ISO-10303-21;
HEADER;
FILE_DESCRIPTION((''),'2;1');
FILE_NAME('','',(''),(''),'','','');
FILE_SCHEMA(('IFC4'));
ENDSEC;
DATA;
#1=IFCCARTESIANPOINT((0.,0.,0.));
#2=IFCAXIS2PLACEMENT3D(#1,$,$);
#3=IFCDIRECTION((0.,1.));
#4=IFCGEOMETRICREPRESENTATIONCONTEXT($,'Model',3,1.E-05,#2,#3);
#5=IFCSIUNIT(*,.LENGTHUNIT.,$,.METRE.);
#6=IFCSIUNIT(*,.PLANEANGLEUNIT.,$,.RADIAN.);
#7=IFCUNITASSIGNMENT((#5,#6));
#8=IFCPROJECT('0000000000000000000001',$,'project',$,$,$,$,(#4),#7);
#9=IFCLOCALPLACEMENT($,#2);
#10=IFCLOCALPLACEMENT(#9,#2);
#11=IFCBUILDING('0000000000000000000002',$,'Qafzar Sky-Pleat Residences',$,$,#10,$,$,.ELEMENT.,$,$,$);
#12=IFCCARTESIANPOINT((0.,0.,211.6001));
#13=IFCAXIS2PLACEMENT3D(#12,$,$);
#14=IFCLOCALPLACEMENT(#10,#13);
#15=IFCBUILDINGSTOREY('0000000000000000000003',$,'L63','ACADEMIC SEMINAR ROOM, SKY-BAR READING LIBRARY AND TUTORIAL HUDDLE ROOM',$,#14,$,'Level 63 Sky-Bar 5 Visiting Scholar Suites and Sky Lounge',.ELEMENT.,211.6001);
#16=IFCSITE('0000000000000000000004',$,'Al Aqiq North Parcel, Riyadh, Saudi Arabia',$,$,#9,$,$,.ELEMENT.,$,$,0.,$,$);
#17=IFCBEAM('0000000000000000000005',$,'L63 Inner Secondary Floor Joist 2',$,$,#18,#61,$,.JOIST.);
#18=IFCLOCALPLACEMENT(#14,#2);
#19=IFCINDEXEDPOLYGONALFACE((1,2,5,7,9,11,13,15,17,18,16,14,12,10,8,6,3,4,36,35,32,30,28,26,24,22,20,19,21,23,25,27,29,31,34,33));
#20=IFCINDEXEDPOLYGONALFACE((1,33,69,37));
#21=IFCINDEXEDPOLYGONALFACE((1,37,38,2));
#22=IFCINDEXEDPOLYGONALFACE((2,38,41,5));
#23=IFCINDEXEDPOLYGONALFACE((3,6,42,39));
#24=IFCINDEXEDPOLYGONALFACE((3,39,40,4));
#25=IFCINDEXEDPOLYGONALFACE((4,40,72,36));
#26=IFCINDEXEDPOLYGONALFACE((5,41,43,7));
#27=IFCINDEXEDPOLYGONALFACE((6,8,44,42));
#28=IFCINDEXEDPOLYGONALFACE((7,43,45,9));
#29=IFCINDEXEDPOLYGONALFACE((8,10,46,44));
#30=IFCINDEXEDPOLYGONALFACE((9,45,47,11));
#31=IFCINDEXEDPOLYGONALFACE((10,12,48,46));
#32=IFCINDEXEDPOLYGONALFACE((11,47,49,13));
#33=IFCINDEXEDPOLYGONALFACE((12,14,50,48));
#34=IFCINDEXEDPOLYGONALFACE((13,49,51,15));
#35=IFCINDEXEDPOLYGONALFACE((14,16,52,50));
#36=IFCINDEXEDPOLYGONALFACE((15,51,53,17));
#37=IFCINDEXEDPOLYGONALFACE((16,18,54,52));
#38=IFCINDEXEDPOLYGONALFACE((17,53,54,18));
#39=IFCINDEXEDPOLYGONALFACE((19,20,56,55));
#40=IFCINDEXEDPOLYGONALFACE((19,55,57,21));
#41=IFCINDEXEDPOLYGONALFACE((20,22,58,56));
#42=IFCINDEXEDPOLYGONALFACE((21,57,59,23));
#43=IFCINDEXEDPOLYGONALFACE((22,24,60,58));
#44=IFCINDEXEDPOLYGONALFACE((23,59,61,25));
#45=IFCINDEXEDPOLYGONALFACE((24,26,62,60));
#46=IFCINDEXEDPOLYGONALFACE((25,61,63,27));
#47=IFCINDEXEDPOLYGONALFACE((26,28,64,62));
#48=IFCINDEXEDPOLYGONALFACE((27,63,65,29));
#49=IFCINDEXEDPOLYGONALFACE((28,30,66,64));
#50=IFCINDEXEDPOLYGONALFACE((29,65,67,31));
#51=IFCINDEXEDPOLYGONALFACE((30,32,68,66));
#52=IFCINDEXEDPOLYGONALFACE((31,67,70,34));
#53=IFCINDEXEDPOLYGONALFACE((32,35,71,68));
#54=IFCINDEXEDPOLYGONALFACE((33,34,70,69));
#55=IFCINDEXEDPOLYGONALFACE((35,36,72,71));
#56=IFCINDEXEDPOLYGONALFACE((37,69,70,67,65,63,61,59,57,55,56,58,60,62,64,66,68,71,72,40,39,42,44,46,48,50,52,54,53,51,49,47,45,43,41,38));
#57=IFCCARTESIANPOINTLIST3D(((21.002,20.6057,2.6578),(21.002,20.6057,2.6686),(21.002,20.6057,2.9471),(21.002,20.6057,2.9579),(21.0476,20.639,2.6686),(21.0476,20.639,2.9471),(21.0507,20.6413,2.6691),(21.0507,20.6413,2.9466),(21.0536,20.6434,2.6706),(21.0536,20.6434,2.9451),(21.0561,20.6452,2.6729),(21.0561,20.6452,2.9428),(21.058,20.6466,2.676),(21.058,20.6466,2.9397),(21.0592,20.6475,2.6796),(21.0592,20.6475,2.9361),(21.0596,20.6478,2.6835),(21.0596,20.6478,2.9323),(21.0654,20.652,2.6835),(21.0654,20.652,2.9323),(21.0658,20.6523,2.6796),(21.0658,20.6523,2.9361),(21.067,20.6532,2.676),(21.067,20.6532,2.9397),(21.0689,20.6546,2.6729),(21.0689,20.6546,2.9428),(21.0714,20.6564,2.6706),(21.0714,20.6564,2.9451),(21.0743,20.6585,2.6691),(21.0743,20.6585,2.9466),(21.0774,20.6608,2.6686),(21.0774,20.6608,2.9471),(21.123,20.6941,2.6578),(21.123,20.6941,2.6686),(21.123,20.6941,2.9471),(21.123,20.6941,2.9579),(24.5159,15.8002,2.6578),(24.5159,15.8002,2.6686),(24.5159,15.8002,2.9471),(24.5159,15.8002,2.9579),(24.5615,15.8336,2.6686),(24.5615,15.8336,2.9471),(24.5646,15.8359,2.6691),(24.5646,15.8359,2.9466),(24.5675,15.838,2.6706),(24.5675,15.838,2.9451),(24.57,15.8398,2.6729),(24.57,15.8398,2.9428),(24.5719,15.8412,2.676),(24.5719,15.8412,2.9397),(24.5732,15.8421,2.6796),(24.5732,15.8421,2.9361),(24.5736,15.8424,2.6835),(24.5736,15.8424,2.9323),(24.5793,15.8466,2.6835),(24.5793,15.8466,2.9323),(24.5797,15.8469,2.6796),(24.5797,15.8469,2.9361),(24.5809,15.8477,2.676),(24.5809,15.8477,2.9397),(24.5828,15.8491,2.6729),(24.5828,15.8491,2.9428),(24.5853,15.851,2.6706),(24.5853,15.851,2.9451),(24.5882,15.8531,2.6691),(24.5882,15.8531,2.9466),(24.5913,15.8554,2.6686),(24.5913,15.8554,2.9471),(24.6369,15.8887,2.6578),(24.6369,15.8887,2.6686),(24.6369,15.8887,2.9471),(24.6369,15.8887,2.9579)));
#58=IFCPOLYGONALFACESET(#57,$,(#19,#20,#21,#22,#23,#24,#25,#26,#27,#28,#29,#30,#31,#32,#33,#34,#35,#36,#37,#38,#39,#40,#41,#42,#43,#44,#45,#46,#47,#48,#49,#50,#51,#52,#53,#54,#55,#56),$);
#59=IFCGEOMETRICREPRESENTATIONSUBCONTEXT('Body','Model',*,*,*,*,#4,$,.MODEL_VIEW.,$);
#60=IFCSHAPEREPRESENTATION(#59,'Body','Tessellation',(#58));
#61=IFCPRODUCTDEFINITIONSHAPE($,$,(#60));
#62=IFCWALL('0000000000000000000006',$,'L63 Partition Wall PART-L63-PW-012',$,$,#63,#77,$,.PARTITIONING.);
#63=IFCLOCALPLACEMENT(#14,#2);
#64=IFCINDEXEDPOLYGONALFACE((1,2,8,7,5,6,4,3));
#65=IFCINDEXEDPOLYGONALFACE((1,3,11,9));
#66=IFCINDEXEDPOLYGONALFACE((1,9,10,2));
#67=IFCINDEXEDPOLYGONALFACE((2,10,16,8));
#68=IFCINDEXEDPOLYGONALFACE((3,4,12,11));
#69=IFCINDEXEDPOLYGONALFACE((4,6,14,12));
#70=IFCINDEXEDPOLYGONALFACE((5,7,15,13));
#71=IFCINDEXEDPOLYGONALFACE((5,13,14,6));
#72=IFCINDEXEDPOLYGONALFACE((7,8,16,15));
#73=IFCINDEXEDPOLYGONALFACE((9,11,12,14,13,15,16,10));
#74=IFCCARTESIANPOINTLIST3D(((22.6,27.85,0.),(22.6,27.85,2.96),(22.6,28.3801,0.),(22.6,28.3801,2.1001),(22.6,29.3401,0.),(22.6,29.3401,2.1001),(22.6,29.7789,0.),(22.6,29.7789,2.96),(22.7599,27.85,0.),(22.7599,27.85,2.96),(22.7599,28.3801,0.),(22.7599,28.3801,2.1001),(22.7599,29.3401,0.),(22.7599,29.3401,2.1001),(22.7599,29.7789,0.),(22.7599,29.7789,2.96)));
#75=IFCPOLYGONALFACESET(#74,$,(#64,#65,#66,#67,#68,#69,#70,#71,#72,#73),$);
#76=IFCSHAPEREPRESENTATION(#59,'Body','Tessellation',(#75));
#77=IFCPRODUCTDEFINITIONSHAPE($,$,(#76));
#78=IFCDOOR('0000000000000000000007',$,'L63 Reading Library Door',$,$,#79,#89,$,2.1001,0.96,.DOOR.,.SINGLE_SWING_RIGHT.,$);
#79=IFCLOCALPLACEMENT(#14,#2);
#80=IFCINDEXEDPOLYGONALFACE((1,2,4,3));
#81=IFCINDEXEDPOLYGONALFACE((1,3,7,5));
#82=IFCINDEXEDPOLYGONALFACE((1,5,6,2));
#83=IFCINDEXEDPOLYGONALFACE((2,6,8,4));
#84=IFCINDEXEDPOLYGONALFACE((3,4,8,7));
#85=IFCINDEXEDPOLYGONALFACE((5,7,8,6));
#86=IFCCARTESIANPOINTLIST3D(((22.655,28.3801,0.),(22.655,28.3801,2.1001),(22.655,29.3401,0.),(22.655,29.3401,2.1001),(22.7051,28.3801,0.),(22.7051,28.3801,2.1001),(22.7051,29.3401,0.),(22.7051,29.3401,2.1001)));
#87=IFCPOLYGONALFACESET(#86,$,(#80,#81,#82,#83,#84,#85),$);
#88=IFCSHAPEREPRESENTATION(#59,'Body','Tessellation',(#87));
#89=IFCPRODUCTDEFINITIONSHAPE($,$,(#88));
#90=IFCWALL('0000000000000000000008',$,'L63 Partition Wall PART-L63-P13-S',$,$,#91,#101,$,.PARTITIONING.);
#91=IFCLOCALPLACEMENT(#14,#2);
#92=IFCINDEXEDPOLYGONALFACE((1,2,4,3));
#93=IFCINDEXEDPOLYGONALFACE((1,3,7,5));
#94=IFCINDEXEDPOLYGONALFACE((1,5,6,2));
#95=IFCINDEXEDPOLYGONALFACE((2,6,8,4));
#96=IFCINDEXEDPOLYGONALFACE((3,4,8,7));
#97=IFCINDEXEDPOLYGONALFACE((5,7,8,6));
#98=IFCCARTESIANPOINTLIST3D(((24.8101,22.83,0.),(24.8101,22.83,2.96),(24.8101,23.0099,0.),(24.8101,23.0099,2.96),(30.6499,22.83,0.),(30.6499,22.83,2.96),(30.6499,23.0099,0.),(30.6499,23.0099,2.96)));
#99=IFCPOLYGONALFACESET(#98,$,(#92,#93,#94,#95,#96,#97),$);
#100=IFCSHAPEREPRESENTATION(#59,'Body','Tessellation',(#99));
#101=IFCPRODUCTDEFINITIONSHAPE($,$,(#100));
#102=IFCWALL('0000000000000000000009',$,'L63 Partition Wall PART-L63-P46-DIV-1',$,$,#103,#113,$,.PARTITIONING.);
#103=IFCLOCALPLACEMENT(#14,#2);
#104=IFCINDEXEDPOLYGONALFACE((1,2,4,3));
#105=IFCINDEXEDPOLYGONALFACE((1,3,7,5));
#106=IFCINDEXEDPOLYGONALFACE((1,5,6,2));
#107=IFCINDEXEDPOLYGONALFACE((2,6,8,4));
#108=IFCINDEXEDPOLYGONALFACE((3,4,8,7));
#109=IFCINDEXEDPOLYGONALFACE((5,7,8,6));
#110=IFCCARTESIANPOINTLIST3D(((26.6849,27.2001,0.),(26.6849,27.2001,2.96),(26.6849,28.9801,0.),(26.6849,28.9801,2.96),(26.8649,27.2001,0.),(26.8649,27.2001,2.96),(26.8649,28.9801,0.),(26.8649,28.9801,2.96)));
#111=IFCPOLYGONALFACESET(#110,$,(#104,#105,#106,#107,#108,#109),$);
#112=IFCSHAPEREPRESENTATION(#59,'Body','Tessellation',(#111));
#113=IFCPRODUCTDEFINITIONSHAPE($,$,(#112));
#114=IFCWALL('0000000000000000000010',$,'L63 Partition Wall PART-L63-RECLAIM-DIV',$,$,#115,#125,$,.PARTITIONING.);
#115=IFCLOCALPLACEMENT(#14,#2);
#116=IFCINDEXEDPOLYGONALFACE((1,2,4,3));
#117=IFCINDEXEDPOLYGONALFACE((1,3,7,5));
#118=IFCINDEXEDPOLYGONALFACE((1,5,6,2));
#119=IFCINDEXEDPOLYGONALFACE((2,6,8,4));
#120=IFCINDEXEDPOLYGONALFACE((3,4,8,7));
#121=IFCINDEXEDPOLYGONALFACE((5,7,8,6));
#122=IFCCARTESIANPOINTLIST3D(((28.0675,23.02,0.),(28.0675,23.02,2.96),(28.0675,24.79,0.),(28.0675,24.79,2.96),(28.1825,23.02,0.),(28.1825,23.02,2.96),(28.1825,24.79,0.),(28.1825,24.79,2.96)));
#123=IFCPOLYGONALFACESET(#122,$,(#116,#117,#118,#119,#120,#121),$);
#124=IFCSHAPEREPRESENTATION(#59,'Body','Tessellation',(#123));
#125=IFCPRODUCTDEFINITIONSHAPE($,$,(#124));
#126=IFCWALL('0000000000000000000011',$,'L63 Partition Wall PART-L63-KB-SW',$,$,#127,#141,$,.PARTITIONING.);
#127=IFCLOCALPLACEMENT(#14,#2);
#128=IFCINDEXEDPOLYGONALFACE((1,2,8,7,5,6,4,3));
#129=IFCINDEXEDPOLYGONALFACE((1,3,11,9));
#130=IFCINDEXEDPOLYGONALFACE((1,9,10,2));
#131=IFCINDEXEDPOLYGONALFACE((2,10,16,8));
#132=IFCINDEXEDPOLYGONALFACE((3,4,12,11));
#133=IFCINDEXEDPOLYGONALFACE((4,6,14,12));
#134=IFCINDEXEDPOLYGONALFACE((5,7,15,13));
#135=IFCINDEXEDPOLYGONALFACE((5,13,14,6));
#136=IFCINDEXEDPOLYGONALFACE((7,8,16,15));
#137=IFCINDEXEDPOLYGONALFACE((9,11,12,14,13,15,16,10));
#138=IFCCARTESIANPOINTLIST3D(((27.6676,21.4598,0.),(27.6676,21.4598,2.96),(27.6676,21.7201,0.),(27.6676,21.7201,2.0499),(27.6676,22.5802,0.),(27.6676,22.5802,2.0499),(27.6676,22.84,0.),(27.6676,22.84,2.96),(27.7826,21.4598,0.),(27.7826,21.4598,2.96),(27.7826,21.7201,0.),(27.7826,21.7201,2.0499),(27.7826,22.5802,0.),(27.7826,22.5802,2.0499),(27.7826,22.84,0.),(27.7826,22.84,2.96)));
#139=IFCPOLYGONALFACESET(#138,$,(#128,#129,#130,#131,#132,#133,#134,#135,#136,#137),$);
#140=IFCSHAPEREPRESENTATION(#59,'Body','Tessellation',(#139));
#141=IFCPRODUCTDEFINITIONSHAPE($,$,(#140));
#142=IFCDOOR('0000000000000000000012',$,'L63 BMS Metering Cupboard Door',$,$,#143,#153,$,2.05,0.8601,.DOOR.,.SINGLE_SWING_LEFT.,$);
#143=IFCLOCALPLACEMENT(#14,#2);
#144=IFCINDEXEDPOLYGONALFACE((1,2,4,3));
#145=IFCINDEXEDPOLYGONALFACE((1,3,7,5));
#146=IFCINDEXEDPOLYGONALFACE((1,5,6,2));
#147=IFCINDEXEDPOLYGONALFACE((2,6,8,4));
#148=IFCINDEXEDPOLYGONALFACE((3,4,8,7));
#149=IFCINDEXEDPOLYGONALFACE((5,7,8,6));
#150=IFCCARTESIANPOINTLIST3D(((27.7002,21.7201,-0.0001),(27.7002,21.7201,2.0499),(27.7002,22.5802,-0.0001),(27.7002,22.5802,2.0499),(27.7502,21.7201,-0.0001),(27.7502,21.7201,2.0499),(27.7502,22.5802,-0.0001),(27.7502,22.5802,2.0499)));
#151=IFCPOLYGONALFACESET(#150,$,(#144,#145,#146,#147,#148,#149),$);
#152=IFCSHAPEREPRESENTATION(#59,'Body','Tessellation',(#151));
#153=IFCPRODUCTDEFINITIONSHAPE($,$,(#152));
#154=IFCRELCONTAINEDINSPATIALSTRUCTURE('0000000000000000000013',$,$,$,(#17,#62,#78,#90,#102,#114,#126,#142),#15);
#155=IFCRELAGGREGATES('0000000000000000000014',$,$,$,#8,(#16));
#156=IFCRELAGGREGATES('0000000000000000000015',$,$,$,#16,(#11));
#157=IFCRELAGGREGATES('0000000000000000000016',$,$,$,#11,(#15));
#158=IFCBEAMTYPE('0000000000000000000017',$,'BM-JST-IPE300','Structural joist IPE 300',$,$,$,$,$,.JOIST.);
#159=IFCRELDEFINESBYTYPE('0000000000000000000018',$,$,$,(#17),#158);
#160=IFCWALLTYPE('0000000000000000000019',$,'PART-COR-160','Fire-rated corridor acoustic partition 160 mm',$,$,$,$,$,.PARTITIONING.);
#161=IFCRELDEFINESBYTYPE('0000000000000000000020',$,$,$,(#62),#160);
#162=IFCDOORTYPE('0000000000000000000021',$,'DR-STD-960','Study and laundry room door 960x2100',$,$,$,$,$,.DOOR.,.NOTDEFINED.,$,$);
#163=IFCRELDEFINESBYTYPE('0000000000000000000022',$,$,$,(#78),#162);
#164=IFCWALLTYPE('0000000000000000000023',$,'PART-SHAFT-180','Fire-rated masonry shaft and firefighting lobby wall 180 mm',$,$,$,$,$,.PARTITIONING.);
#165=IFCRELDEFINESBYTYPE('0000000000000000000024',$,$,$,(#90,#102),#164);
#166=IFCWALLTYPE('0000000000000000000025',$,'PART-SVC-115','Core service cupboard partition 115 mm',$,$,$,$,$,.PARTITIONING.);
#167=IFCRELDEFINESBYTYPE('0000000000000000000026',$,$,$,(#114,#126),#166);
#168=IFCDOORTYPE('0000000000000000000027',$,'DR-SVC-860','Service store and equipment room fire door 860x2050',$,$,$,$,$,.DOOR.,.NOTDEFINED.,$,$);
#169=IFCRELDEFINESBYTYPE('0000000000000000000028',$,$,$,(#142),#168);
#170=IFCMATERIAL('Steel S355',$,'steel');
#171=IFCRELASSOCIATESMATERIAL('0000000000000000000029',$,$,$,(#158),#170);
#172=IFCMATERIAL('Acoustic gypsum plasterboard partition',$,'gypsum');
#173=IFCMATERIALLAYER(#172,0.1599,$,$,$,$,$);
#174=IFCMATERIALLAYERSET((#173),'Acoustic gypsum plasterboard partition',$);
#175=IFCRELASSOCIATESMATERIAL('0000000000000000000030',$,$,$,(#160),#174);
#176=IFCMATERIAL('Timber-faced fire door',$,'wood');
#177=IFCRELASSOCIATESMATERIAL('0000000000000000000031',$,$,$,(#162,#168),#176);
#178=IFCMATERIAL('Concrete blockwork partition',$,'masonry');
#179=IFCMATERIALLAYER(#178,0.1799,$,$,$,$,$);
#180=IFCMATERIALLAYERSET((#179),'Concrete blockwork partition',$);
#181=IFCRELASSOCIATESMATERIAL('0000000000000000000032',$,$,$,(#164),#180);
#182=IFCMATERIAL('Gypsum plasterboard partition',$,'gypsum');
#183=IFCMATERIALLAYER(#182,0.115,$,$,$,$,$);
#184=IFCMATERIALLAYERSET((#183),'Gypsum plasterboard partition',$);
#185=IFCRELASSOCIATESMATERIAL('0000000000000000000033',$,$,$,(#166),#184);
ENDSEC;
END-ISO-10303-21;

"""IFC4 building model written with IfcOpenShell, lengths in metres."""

from ifc_helpers import new_model, si_unit, direction, frame, frame_2d, origin, origin_2d, place, context, subcontext, project, spatial, rectangle, i_section, extrude, source, transform, mapped, material, layer, layer_set, material_profile, profile_set, type_object, element, fill, save


model = new_model("IFC4")

# Units and contexts
model_context = context("Model", 3, precision=1e-05, world=origin(), true_north=direction((0.0, 1.0)))
body_context = subcontext(model_context, "Body", "Model", "MODEL_VIEW")
ifc_project = project(units=[si_unit("LENGTHUNIT", "METRE"), si_unit("PLANEANGLEUNIT", "RADIAN")], contexts=[model_context])

# Site, building, storey
site_placement = place(None, origin())
site = spatial("IfcSite", under=ifc_project, at=site_placement, Name="Al Aqiq North Parcel, Riyadh, Saudi Arabia", CompositionType="ELEMENT", RefElevation=0.0)
building_placement = place(site_placement, origin())
building = spatial("IfcBuilding", under=site, at=building_placement, Name="Qafzar Sky-Pleat Residences", CompositionType="ELEMENT")
storey_placement = place(building_placement, frame((0.0, 0.0, 211.6001)))
storey = spatial("IfcBuildingStorey", under=building, at=storey_placement, Name="L63", Description="ACADEMIC SEMINAR ROOM, SKY-BAR READING LIBRARY AND TUTORIAL HUDDLE ROOM", LongName="Level 63 Sky-Bar 5 Visiting Scholar Suites and Sky Lounge", CompositionType="ELEMENT", Elevation=211.6001)

# Beam
ifc_material_1 = material(Name="Steel S355", Category="steel")
ifc_material_profile = material_profile(ifc_material_1, i_section(OverallWidth=0.1499, OverallDepth=0.3, WebThickness=0.0071, FlangeThickness=0.0107, FilletRadius=0.0149, at=origin_2d()), Name="IPE 300")
ifc_profile_set = profile_set([ifc_material_profile], Name="Steel S355")
beam_type = type_object("IfcBeamType", Name="BM-JST-IPE300", Description="Structural joist IPE 300", PredefinedType="JOIST", material=ifc_profile_set)
shared_shape_1 = source(origin(), body_context, "Body", "SweptSolid", [
    extrude(i_section(OverallWidth=0.1499, OverallDepth=0.3, WebThickness=0.0071, FlangeThickness=0.0107, FilletRadius=0.0149, at=origin_2d()), origin(), (0.0, 0.0, 1.0), 5.9531),
])
beam_placement = place(storey_placement, frame((21.0625, 20.6499, 2.8079), z_axis=(0.590264, -0.80721, 0.0), x_axis=(0.80721, 0.590264, 0.0)))
element("IfcBeam", 1, at=beam_placement, inside=storey, type_object=beam_type, Name="L63 Inner Secondary Floor Joist 2", PredefinedType="JOIST", context=body_context, shape_type="MappedRepresentation", body=[
    mapped(shared_shape_1, transform((0.0, 0.0, 0.0), x_axis=(1.0, 0.0, 0.0), y_axis=(0.0, 1.0, 0.0), z_axis=(0.0, 0.0, 1.0), scale=1.0)),
])

# Wall, opening, door
ifc_material_2 = material(Name="Acoustic gypsum plasterboard partition", Category="gypsum")
ifc_layer_1 = layer(ifc_material_2, 0.1599)
ifc_layer_set_1 = layer_set([ifc_layer_1], Name="Acoustic gypsum plasterboard partition")
wall_type_1 = type_object("IfcWallType", Name="PART-COR-160", Description="Fire-rated corridor acoustic partition 160 mm", PredefinedType="PARTITIONING", material=ifc_layer_set_1)
wall_1_placement = place(storey_placement, frame((22.6799, 27.8501, 0.0), z_axis=(0.0, 0.0, 1.0), x_axis=(0.0, 1.0, 0.0)))
wall_1 = element("IfcWall", 2, at=wall_1_placement, inside=storey, type_object=wall_type_1, Name="L63 Partition Wall PART-L63-PW-012", PredefinedType="PARTITIONING", context=body_context, shape_type="SweptSolid", body=[
    extrude(rectangle(XDim=1.929, YDim=0.1599, at=frame_2d((0.9644, 0.0))), origin(), (0.0, 0.0, 1.0), 2.96),
])
opening_1_placement = place(wall_1_placement, frame((0.53, 0.0, 0.0)))
opening_1 = element("IfcOpeningElement", 3, at=opening_1_placement, cuts=wall_1, PredefinedType="OPENING", context=body_context, shape_type="SweptSolid", body=[
    extrude(rectangle(XDim=0.96, YDim=2.1001, at=frame_2d((0.48, 1.05))), frame((0.0, 0.0898, 0.0), z_axis=(0.0, -1.0, 0.0), x_axis=(1.0, 0.0, 0.0)), (0.0, 0.0, 1.0), 0.1799),
])
ifc_material_3 = material(Name="Timber-faced fire door", Category="wood")
door_type_1 = type_object("IfcDoorType", Name="DR-STD-960", Description="Study and laundry room door 960x2100", OperationType="NOTDEFINED", PredefinedType="DOOR", material=ifc_material_3)
shared_shape_2 = source(origin(), body_context, "Body", "SweptSolid", [
    extrude(rectangle(XDim=0.96, YDim=2.1001, at=frame_2d((0.48, 1.05))), frame((0.0, 0.0249, 0.0), z_axis=(0.0, -1.0, 0.0), x_axis=(1.0, 0.0, 0.0)), (0.0, 0.0, 1.0), 0.05),
])
door_1_placement = place(opening_1_placement, origin())
door_1 = element("IfcDoor", 4, at=door_1_placement, inside=storey, type_object=door_type_1, Name="L63 Reading Library Door", OperationType="SINGLE_SWING_RIGHT", OverallHeight=2.1001, OverallWidth=0.96, PredefinedType="DOOR", context=body_context, shape_type="MappedRepresentation", body=[
    mapped(shared_shape_2, transform((0.0, 0.0, 0.0), x_axis=(1.0, 0.0, 0.0), y_axis=(0.0, 1.0, 0.0), z_axis=(0.0, 0.0, 1.0), scale=1.0)),
])
fill(opening_1, door_1)

# Wall
ifc_material_4 = material(Name="Concrete blockwork partition", Category="masonry")
ifc_layer_2 = layer(ifc_material_4, 0.1799)
ifc_layer_set_2 = layer_set([ifc_layer_2], Name="Concrete blockwork partition")
wall_type_2 = type_object("IfcWallType", Name="PART-SHAFT-180", Description="Fire-rated masonry shaft and firefighting lobby wall 180 mm", PredefinedType="PARTITIONING", material=ifc_layer_set_2)
wall_2_placement = place(storey_placement, frame((24.8101, 22.9199, 0.0), z_axis=(0.0, 0.0, 1.0), x_axis=(1.0, 0.0, 0.0)))
element("IfcWall", 5, at=wall_2_placement, inside=storey, type_object=wall_type_2, Name="L63 Partition Wall PART-L63-P13-S", PredefinedType="PARTITIONING", context=body_context, shape_type="SweptSolid", body=[
    extrude(rectangle(XDim=5.8398, YDim=0.1799, at=frame_2d((2.9199, 0.0))), origin(), (0.0, 0.0, 1.0), 2.96),
])

# Walls
wall_3_placement = place(storey_placement, frame((26.7749, 27.2, 0.0), z_axis=(0.0, 0.0, 1.0), x_axis=(0.0, 1.0, 0.0)))
element("IfcWall", 6, at=wall_3_placement, inside=storey, type_object=wall_type_2, Name="L63 Partition Wall PART-L63-P46-DIV-1", PredefinedType="PARTITIONING", context=body_context, shape_type="SweptSolid", body=[
    extrude(rectangle(XDim=1.78, YDim=0.1799, at=frame_2d((0.8901, 0.0))), origin(), (0.0, 0.0, 1.0), 2.96),
])
ifc_material_5 = material(Name="Gypsum plasterboard partition", Category="gypsum")
ifc_layer_3 = layer(ifc_material_5, 0.115)
ifc_layer_set_3 = layer_set([ifc_layer_3], Name="Gypsum plasterboard partition")
wall_type_3 = type_object("IfcWallType", Name="PART-SVC-115", Description="Core service cupboard partition 115 mm", PredefinedType="PARTITIONING", material=ifc_layer_set_3)
wall_4_placement = place(storey_placement, frame((28.125, 23.02, 0.0), z_axis=(0.0, 0.0, 1.0), x_axis=(0.0, 1.0, 0.0)))
element("IfcWall", 7, at=wall_4_placement, inside=storey, type_object=wall_type_3, Name="L63 Partition Wall PART-L63-RECLAIM-DIV", PredefinedType="PARTITIONING", context=body_context, shape_type="SweptSolid", body=[
    extrude(rectangle(XDim=1.77, YDim=0.115, at=frame_2d((0.885, 0.0))), origin(), (0.0, 0.0, 1.0), 2.96),
])

# Wall, opening, door
wall_5_placement = place(storey_placement, frame((27.7251, 21.46, 0.0), z_axis=(0.0, 0.0, 1.0), x_axis=(0.0, 1.0, 0.0)))
wall_5 = element("IfcWall", 8, at=wall_5_placement, inside=storey, type_object=wall_type_3, Name="L63 Partition Wall PART-L63-KB-SW", PredefinedType="PARTITIONING", context=body_context, shape_type="SweptSolid", body=[
    extrude(rectangle(XDim=1.3801, YDim=0.115, at=frame_2d((0.6899, 0.0))), origin(), (0.0, 0.0, 1.0), 2.96),
])
opening_2_placement = place(wall_5_placement, frame((0.26, 0.0, 0.0)))
opening_2 = element("IfcOpeningElement", 9, at=opening_2_placement, cuts=wall_5, PredefinedType="OPENING", context=body_context, shape_type="SweptSolid", body=[
    extrude(rectangle(XDim=0.8601, YDim=2.05, at=frame_2d((0.4302, 1.0249))), frame((0.0, 0.0674, 0.0), z_axis=(0.0, -1.0, 0.0), x_axis=(1.0, 0.0, 0.0)), (0.0, 0.0, 1.0), 0.135),
])
door_type_2 = type_object("IfcDoorType", Name="DR-SVC-860", Description="Service store and equipment room fire door 860x2050", OperationType="NOTDEFINED", PredefinedType="DOOR", material=ifc_material_3)
shared_shape_3 = source(origin(), body_context, "Body", "SweptSolid", [
    extrude(rectangle(XDim=0.8601, YDim=2.05, at=frame_2d((0.4302, 1.0249))), frame((0.0, 0.0249, 0.0), z_axis=(0.0, -1.0, 0.0), x_axis=(1.0, 0.0, 0.0)), (0.0, 0.0, 1.0), 0.05),
])
door_2_placement = place(opening_2_placement, origin())
door_2 = element("IfcDoor", 10, at=door_2_placement, inside=storey, type_object=door_type_2, Name="L63 BMS Metering Cupboard Door", OperationType="SINGLE_SWING_LEFT", OverallHeight=2.05, OverallWidth=0.8601, PredefinedType="DOOR", context=body_context, shape_type="MappedRepresentation", body=[
    mapped(shared_shape_3, transform((0.0, 0.0, 0.0), x_axis=(1.0, 0.0, 0.0), y_axis=(0.0, 1.0, 0.0), z_axis=(0.0, 0.0, 1.0), scale=1.0)),
])
fill(opening_2, door_2)

save(model, "model.ifc")
